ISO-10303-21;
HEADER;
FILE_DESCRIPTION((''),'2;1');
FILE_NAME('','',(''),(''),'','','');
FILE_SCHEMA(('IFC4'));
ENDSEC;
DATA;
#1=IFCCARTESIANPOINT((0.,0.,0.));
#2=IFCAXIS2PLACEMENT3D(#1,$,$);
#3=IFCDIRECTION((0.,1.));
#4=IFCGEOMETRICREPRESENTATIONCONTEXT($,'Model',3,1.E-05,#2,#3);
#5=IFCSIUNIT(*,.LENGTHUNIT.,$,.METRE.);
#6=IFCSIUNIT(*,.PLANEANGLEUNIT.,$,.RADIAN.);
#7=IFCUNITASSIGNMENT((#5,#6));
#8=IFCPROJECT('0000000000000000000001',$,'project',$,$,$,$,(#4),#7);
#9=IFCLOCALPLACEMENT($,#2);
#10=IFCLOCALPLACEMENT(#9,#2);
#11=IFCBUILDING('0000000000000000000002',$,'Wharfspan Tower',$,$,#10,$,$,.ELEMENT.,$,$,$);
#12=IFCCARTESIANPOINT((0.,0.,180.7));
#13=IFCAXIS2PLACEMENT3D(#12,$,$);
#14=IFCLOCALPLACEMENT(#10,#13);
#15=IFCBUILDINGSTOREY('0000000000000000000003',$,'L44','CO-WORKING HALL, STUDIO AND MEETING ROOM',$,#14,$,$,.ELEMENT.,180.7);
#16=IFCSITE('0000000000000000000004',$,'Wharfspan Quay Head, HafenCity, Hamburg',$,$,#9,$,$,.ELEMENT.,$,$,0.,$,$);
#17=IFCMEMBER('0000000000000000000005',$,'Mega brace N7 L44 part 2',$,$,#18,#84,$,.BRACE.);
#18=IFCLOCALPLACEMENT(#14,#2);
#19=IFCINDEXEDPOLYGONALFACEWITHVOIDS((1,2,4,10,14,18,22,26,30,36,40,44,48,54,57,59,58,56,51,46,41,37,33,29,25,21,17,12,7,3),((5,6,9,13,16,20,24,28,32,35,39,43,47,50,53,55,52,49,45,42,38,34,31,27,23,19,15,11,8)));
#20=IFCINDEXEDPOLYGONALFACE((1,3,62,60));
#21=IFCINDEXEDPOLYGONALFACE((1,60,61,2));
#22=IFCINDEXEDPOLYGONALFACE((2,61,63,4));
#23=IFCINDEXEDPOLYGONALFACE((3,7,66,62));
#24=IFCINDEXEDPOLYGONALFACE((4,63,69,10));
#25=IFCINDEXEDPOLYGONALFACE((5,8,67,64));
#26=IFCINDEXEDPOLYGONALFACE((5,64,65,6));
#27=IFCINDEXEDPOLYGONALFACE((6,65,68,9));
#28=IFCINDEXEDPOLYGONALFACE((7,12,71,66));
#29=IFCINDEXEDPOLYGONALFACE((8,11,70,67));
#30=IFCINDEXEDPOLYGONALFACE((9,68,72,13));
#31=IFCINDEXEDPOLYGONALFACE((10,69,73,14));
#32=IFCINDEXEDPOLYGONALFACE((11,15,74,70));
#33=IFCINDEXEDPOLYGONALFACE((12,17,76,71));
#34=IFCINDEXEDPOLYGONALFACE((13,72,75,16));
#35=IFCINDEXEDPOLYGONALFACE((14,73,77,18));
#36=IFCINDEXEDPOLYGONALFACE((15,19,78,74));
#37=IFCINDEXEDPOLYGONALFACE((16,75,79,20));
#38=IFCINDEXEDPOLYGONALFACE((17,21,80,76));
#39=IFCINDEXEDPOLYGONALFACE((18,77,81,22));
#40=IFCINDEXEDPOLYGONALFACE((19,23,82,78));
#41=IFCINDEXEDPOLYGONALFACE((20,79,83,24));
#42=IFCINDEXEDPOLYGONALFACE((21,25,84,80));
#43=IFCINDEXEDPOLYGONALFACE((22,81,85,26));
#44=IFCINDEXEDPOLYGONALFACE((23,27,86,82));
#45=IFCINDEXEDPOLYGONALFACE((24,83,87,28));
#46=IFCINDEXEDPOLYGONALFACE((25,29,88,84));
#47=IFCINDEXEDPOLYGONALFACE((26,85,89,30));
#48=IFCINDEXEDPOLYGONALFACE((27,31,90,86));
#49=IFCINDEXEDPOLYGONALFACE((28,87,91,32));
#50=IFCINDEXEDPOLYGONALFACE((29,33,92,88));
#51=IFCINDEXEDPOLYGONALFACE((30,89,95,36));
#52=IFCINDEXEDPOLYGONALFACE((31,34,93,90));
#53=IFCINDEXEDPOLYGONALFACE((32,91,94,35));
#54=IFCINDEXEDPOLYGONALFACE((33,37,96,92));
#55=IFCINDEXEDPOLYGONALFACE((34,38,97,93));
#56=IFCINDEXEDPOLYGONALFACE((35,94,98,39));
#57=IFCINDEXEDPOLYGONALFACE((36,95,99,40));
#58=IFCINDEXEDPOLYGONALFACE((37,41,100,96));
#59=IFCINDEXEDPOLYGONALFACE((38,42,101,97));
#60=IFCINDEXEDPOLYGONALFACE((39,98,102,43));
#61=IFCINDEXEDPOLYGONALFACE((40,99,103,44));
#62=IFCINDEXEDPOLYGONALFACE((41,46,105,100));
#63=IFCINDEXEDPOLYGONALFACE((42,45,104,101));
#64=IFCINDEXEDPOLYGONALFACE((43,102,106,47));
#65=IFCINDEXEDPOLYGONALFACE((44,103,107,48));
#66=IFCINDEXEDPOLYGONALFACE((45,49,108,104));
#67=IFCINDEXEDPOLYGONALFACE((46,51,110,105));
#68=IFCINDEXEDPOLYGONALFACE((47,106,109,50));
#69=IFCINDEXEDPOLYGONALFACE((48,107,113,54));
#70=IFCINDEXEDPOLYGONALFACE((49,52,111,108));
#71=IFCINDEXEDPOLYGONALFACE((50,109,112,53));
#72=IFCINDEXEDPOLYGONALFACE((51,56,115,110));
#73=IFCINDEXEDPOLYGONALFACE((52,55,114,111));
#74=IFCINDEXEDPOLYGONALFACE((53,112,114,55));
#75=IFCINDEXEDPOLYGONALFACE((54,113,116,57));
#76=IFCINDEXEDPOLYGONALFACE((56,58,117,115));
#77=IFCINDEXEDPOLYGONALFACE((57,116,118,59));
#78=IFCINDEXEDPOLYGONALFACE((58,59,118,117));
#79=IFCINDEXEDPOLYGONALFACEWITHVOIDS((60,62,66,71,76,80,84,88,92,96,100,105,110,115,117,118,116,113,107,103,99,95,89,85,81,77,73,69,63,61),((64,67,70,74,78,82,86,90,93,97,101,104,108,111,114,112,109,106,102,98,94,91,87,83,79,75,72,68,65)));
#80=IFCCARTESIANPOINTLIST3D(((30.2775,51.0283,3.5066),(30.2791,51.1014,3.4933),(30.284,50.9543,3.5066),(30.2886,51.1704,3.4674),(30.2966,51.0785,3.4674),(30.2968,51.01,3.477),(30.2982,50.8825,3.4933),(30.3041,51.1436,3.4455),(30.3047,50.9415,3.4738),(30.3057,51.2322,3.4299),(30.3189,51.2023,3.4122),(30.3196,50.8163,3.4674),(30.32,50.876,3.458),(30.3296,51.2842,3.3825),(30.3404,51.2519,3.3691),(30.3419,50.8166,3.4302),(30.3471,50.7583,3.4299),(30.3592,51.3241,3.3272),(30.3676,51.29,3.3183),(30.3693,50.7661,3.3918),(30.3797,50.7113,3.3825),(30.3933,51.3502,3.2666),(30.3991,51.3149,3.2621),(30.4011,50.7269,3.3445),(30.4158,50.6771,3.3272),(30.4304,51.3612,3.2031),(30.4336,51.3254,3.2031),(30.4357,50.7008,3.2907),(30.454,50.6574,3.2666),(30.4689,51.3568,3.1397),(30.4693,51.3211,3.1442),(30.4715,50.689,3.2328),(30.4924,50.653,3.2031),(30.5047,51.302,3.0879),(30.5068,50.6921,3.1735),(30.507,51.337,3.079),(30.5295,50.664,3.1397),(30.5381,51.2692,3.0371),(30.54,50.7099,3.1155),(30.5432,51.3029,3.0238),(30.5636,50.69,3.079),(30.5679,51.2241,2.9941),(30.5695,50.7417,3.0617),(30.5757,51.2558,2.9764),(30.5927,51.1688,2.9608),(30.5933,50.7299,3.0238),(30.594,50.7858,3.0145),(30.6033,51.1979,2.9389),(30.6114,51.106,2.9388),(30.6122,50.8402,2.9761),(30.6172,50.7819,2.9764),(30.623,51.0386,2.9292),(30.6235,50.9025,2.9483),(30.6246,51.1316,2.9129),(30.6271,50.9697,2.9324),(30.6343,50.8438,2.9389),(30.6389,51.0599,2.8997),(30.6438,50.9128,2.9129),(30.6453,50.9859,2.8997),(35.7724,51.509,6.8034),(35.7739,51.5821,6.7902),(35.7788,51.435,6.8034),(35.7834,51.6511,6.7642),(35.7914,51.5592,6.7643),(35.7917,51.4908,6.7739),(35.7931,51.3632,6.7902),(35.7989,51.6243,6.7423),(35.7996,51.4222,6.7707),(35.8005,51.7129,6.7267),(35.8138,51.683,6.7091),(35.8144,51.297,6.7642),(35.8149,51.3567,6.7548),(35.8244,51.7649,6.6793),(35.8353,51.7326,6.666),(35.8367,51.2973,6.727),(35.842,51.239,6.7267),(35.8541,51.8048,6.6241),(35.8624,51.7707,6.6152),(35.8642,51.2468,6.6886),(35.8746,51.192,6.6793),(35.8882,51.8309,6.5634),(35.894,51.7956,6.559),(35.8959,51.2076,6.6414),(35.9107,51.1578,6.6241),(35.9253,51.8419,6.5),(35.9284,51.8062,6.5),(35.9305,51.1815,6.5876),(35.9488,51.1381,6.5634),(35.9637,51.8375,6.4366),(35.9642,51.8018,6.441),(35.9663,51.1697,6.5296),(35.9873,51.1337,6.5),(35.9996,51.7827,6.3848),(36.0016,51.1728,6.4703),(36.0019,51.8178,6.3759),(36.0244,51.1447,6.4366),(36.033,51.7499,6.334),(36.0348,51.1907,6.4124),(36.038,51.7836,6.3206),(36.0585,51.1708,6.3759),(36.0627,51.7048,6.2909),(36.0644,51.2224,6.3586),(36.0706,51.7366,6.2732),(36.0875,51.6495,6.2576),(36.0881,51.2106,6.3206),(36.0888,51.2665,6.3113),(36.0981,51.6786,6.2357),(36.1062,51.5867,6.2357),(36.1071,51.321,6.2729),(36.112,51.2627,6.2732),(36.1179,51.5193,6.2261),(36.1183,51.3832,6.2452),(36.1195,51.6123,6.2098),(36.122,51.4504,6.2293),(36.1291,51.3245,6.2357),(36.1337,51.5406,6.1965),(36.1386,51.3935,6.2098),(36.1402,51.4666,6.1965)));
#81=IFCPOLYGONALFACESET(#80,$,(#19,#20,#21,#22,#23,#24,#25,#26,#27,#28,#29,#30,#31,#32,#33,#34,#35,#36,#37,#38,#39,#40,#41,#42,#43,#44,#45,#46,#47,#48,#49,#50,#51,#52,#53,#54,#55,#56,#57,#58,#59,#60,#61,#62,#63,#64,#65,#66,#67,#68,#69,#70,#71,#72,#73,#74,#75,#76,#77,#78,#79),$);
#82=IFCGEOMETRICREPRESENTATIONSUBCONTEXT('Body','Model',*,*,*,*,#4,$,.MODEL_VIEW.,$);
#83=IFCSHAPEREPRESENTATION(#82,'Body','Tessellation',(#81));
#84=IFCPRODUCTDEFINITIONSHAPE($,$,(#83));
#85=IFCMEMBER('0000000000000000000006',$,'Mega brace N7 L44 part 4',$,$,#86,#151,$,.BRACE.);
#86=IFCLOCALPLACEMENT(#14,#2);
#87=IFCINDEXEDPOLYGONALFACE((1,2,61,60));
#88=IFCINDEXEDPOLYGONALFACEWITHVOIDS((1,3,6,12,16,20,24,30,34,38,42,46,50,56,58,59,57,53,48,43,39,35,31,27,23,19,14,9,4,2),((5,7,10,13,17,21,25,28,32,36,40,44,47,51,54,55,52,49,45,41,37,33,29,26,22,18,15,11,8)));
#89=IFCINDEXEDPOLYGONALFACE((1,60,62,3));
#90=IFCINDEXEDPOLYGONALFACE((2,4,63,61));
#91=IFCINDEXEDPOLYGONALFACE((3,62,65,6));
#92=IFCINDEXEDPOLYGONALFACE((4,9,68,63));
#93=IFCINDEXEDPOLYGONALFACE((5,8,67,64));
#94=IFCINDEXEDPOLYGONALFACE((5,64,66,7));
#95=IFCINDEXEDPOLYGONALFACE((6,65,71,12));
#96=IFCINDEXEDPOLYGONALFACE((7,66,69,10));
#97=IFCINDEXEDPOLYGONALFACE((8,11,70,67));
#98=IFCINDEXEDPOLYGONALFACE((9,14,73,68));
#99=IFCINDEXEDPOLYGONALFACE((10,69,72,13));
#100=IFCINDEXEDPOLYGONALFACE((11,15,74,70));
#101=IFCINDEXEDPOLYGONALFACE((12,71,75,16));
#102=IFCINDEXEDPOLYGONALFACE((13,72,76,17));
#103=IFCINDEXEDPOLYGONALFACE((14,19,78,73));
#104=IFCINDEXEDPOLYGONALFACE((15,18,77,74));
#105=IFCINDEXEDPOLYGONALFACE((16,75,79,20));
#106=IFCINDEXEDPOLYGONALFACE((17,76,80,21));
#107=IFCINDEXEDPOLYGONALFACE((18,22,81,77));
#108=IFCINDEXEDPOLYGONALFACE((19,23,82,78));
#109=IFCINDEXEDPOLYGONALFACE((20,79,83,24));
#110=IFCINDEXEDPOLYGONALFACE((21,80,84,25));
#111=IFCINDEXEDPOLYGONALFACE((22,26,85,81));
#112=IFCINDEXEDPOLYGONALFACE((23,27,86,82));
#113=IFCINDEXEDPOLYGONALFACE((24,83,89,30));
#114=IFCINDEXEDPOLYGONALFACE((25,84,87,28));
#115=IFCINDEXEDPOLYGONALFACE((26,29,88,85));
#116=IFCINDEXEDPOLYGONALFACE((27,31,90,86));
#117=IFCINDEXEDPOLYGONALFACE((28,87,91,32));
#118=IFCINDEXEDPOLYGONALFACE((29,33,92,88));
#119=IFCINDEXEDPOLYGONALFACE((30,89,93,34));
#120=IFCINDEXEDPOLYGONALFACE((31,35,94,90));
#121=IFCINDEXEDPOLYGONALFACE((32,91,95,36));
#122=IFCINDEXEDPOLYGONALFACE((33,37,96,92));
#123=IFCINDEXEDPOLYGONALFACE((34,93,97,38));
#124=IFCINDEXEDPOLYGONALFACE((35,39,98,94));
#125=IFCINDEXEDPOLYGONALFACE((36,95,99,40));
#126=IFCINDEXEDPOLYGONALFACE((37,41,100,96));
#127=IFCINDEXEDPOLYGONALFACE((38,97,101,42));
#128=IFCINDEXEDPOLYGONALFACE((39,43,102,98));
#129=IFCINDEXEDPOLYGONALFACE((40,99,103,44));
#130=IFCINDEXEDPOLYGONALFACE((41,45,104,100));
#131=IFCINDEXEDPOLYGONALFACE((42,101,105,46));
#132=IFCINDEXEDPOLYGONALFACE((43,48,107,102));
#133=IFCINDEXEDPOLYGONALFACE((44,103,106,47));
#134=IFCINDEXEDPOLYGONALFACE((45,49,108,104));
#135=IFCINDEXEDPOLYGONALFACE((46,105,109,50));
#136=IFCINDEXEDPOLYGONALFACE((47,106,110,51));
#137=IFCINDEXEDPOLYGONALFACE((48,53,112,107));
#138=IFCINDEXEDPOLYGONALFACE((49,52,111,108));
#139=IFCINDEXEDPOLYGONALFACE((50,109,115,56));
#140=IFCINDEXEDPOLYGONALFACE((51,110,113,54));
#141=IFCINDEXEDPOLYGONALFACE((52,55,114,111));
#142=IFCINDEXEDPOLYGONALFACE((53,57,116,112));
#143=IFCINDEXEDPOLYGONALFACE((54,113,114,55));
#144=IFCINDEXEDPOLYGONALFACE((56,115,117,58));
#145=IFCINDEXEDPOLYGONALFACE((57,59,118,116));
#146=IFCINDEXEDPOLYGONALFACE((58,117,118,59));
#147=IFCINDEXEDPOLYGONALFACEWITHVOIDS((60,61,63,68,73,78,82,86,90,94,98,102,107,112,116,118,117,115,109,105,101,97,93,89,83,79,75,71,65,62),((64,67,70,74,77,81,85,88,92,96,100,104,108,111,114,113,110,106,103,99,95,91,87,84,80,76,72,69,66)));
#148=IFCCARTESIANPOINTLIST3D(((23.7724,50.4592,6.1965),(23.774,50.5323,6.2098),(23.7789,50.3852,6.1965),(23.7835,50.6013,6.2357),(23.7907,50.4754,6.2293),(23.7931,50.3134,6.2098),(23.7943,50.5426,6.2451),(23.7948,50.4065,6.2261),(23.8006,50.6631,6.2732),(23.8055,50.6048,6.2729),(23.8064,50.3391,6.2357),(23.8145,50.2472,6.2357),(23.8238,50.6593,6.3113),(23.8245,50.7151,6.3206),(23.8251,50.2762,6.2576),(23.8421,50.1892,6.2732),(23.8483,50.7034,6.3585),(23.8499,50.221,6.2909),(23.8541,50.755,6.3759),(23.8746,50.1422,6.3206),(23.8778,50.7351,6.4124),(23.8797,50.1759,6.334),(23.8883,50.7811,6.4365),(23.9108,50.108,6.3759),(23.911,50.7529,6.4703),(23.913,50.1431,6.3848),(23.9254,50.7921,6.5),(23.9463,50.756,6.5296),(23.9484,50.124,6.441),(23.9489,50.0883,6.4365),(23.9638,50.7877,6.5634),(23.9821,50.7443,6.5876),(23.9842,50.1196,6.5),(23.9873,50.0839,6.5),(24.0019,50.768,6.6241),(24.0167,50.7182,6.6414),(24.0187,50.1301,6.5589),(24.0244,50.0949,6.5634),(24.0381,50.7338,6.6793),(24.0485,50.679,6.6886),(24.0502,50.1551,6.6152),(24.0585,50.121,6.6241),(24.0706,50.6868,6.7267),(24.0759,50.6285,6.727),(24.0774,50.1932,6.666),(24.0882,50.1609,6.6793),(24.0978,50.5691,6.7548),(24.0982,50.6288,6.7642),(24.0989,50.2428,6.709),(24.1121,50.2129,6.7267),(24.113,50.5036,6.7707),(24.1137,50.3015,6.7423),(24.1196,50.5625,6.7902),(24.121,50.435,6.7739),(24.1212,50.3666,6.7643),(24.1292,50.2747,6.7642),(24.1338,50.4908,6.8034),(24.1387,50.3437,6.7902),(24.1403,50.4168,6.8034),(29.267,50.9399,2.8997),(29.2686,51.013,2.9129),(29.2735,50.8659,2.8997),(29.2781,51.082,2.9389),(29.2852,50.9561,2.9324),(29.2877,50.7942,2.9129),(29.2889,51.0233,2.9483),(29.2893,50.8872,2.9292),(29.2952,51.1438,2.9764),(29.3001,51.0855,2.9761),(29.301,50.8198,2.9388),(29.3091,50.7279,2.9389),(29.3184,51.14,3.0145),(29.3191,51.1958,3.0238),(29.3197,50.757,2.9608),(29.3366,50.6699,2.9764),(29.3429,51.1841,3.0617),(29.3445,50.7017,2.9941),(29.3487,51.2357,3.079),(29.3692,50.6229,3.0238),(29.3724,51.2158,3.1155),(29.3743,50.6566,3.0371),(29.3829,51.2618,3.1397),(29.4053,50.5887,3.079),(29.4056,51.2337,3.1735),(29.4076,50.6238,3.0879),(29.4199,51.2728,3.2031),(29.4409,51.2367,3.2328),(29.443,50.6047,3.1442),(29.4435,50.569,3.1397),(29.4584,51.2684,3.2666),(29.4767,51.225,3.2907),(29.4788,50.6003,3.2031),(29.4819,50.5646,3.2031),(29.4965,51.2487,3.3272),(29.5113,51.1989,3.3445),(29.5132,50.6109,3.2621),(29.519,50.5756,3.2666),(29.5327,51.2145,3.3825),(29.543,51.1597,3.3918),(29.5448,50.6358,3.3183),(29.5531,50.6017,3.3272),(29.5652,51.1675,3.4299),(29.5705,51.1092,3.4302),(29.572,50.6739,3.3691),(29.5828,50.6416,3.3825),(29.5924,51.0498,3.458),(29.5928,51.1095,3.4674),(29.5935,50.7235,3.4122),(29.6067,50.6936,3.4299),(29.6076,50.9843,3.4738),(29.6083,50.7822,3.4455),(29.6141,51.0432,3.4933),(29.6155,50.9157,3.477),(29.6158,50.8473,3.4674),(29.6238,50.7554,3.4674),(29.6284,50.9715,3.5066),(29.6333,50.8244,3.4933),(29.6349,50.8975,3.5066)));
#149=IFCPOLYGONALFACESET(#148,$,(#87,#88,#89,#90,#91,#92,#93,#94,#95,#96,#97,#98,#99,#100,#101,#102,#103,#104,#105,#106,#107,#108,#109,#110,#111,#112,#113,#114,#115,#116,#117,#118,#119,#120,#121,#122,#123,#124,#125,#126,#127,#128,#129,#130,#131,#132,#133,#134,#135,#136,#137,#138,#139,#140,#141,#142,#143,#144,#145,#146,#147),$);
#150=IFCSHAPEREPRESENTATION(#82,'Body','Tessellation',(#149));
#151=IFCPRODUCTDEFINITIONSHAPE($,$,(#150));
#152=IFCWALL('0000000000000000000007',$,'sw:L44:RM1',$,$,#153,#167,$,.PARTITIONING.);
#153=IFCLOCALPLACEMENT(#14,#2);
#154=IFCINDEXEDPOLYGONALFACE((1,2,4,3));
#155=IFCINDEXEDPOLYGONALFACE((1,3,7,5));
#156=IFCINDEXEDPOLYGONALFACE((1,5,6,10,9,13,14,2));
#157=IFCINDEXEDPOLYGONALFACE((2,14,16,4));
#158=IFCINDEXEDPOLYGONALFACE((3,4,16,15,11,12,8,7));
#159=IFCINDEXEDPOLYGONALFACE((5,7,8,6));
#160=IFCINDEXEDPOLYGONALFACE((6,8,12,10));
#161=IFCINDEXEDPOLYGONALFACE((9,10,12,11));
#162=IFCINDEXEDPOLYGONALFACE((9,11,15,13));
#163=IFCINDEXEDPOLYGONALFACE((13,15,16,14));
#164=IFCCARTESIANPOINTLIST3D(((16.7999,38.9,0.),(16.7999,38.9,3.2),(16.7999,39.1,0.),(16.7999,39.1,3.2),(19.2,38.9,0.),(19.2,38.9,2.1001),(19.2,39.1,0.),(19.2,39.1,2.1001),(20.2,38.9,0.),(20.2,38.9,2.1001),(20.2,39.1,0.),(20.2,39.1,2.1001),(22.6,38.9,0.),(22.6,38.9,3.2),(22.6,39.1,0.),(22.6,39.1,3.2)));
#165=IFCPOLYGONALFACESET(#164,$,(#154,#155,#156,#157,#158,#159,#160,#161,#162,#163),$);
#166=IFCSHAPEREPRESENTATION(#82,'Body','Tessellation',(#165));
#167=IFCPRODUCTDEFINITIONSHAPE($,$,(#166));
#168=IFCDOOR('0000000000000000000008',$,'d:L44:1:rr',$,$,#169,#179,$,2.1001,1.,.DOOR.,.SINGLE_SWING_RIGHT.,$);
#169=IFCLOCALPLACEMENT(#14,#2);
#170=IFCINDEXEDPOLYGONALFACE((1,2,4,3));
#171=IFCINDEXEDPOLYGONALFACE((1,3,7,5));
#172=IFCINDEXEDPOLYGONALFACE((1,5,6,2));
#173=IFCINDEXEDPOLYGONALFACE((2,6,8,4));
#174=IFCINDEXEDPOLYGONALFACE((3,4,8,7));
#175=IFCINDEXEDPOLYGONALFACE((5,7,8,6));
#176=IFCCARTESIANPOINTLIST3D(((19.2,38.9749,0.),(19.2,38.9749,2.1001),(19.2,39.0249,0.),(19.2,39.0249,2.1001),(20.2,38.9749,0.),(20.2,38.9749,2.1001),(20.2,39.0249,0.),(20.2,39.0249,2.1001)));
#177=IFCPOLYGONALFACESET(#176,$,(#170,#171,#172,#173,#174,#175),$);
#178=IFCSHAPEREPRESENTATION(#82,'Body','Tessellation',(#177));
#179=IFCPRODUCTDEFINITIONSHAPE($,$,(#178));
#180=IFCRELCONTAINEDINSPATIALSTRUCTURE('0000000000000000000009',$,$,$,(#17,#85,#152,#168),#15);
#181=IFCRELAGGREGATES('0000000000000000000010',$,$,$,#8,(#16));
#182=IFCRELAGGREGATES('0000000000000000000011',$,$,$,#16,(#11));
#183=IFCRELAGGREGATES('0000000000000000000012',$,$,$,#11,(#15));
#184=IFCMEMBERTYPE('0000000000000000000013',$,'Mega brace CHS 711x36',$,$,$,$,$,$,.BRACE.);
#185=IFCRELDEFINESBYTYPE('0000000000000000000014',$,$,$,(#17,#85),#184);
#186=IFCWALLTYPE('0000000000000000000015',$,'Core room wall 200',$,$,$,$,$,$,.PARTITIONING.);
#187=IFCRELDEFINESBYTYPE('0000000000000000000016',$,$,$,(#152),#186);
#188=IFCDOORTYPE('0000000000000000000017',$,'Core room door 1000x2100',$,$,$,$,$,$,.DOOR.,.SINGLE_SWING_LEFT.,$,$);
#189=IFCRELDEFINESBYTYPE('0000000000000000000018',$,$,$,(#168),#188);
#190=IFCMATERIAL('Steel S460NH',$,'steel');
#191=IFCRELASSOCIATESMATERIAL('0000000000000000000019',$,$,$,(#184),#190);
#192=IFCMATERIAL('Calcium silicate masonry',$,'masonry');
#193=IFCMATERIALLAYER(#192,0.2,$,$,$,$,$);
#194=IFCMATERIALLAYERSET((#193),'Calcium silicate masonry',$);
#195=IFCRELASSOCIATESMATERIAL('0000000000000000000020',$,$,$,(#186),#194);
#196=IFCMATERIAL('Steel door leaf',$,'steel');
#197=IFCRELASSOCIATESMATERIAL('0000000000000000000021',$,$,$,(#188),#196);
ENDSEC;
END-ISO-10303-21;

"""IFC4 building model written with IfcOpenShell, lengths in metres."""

from ifc_helpers import new_model, si_unit, direction, frame, frame_2d, origin, origin_2d, place, context, subcontext, project, spatial, rectangle, hollow_circle, extrude, material, layer, layer_set, material_profile, profile_set, type_object, element, fill, save


model = new_model("IFC4")

# Units and contexts
model_context = context("Model", 3, precision=1e-05, world=origin(), true_north=direction((0.0, 1.0)))
body_context = subcontext(model_context, "Body", "Model", "MODEL_VIEW")
ifc_project = project(units=[si_unit("LENGTHUNIT", "METRE"), si_unit("PLANEANGLEUNIT", "RADIAN")], contexts=[model_context])

# Site, building, storey
site_placement = place(None, origin())
site = spatial("IfcSite", under=ifc_project, at=site_placement, Name="Wharfspan Quay Head, HafenCity, Hamburg", CompositionType="ELEMENT", RefElevation=0.0)
building_placement = place(site_placement, origin())
building = spatial("IfcBuilding", under=site, at=building_placement, Name="Wharfspan Tower", CompositionType="ELEMENT")
storey_placement = place(building_placement, frame((0.0, 0.0, 180.7)))
storey = spatial("IfcBuildingStorey", under=building, at=storey_placement, Name="L44", Description="CO-WORKING HALL, STUDIO AND MEETING ROOM", CompositionType="ELEMENT", Elevation=180.7)

# Members
ifc_material_1 = material(Name="Steel S460NH", Category="steel")
ifc_material_profile_1 = material_profile(ifc_material_1, hollow_circle(Radius=0.3555, WallThickness=0.0359, at=origin_2d()))
ifc_profile_set_1 = profile_set([ifc_material_profile_1], Name="Steel S460NH")
member_type = type_object("IfcMemberType", Name="Mega brace CHS 711x36", PredefinedType="BRACE", material=ifc_profile_set_1)
member_1_placement = place(storey_placement, frame((30.4614, 51.0071, 3.2031), z_axis=(0.855094, 0.074807, 0.513049), x_axis=(-0.087152, 0.996192, 0.000002)))
element("IfcMember", 1, at=member_1_placement, inside=storey, type_object=member_type, Name="Mega brace N7 L44 part 2", PredefinedType="BRACE", context=body_context, shape_type="SweptSolid", body=[
    extrude(hollow_circle(Radius=0.3555, WallThickness=0.0359, at=origin_2d()), origin(), (0.0, 0.0, 1.0), 6.426),
])
member_2_placement = place(storey_placement, frame((29.4509, 50.9187, 3.2031), z_axis=(-0.855083, -0.074809, 0.513065), x_axis=(0.087154, -0.996196, -0.000001)))
element("IfcMember", 2, at=member_2_placement, inside=storey, type_object=member_type, Name="Mega brace N7 L44 part 4", PredefinedType="BRACE", context=body_context, shape_type="SweptSolid", body=[
    extrude(hollow_circle(Radius=0.3555, WallThickness=0.0359, at=origin_2d()), origin(), (0.0, 0.0, 1.0), 6.4258),
])

# Wall, opening, door
ifc_material_2 = material(Name="Calcium silicate masonry", Category="masonry")
ifc_layer_1 = layer(ifc_material_2, 0.2)
ifc_layer_set_1 = layer_set([ifc_layer_1], Name="Calcium silicate masonry")
wall_type_1 = type_object("IfcWallType", Name="Core room wall 200", PredefinedType="PARTITIONING", material=ifc_layer_set_1)
wall_1_placement = place(storey_placement, frame((16.8, 39.0, 0.0), z_axis=(0.0, 0.0, 1.0), x_axis=(1.0, 0.0, 0.0)))
wall_1 = element("IfcWall", 3, at=wall_1_placement, inside=storey, type_object=wall_type_1, Name="sw:L44:RM1", PredefinedType="PARTITIONING", context=body_context, shape_type="SweptSolid", body=[
    extrude(rectangle(XDim=5.8, YDim=0.2, at=frame_2d((2.8999, 0.0))), origin(), (0.0, 0.0, 1.0), 3.2),
])
opening_1_placement = place(wall_1_placement, frame((2.3999, 0.0, 0.0)))
opening_1 = element("IfcOpeningElement", 4, at=opening_1_placement, cuts=wall_1, PredefinedType="OPENING", context=body_context, shape_type="SweptSolid", body=[
    extrude(rectangle(XDim=1.0, YDim=2.1001, at=frame_2d((0.5, 1.05))), frame((0.0, 0.1099, 0.0), z_axis=(0.0, -1.0, 0.0), x_axis=(1.0, 0.0, 0.0)), (0.0, 0.0, 1.0), 0.22),
])
ifc_material_3 = material(Name="Steel door leaf", Category="steel")
door_type_1 = type_object("IfcDoorType", Name="Core room door 1000x2100", OperationType="SINGLE_SWING_LEFT", PredefinedType="DOOR", material=ifc_material_3)
door_1_placement = place(opening_1_placement, origin())
door_1 = element("IfcDoor", 5, at=door_1_placement, inside=storey, type_object=door_type_1, Name="d:L44:1:rr", OperationType="SINGLE_SWING_RIGHT", OverallHeight=2.1001, OverallWidth=1.0, PredefinedType="DOOR", context=body_context, shape_type="SweptSolid", body=[
    extrude(rectangle(XDim=1.0, YDim=2.1001, at=frame_2d((0.5, 1.05))), frame((0.0, 0.0249, 0.0), z_axis=(0.0, -1.0, 0.0), x_axis=(1.0, 0.0, 0.0)), (0.0, 0.0, 1.0), 0.05),
])
fill(opening_1, door_1)

save(model, "model.ifc")
